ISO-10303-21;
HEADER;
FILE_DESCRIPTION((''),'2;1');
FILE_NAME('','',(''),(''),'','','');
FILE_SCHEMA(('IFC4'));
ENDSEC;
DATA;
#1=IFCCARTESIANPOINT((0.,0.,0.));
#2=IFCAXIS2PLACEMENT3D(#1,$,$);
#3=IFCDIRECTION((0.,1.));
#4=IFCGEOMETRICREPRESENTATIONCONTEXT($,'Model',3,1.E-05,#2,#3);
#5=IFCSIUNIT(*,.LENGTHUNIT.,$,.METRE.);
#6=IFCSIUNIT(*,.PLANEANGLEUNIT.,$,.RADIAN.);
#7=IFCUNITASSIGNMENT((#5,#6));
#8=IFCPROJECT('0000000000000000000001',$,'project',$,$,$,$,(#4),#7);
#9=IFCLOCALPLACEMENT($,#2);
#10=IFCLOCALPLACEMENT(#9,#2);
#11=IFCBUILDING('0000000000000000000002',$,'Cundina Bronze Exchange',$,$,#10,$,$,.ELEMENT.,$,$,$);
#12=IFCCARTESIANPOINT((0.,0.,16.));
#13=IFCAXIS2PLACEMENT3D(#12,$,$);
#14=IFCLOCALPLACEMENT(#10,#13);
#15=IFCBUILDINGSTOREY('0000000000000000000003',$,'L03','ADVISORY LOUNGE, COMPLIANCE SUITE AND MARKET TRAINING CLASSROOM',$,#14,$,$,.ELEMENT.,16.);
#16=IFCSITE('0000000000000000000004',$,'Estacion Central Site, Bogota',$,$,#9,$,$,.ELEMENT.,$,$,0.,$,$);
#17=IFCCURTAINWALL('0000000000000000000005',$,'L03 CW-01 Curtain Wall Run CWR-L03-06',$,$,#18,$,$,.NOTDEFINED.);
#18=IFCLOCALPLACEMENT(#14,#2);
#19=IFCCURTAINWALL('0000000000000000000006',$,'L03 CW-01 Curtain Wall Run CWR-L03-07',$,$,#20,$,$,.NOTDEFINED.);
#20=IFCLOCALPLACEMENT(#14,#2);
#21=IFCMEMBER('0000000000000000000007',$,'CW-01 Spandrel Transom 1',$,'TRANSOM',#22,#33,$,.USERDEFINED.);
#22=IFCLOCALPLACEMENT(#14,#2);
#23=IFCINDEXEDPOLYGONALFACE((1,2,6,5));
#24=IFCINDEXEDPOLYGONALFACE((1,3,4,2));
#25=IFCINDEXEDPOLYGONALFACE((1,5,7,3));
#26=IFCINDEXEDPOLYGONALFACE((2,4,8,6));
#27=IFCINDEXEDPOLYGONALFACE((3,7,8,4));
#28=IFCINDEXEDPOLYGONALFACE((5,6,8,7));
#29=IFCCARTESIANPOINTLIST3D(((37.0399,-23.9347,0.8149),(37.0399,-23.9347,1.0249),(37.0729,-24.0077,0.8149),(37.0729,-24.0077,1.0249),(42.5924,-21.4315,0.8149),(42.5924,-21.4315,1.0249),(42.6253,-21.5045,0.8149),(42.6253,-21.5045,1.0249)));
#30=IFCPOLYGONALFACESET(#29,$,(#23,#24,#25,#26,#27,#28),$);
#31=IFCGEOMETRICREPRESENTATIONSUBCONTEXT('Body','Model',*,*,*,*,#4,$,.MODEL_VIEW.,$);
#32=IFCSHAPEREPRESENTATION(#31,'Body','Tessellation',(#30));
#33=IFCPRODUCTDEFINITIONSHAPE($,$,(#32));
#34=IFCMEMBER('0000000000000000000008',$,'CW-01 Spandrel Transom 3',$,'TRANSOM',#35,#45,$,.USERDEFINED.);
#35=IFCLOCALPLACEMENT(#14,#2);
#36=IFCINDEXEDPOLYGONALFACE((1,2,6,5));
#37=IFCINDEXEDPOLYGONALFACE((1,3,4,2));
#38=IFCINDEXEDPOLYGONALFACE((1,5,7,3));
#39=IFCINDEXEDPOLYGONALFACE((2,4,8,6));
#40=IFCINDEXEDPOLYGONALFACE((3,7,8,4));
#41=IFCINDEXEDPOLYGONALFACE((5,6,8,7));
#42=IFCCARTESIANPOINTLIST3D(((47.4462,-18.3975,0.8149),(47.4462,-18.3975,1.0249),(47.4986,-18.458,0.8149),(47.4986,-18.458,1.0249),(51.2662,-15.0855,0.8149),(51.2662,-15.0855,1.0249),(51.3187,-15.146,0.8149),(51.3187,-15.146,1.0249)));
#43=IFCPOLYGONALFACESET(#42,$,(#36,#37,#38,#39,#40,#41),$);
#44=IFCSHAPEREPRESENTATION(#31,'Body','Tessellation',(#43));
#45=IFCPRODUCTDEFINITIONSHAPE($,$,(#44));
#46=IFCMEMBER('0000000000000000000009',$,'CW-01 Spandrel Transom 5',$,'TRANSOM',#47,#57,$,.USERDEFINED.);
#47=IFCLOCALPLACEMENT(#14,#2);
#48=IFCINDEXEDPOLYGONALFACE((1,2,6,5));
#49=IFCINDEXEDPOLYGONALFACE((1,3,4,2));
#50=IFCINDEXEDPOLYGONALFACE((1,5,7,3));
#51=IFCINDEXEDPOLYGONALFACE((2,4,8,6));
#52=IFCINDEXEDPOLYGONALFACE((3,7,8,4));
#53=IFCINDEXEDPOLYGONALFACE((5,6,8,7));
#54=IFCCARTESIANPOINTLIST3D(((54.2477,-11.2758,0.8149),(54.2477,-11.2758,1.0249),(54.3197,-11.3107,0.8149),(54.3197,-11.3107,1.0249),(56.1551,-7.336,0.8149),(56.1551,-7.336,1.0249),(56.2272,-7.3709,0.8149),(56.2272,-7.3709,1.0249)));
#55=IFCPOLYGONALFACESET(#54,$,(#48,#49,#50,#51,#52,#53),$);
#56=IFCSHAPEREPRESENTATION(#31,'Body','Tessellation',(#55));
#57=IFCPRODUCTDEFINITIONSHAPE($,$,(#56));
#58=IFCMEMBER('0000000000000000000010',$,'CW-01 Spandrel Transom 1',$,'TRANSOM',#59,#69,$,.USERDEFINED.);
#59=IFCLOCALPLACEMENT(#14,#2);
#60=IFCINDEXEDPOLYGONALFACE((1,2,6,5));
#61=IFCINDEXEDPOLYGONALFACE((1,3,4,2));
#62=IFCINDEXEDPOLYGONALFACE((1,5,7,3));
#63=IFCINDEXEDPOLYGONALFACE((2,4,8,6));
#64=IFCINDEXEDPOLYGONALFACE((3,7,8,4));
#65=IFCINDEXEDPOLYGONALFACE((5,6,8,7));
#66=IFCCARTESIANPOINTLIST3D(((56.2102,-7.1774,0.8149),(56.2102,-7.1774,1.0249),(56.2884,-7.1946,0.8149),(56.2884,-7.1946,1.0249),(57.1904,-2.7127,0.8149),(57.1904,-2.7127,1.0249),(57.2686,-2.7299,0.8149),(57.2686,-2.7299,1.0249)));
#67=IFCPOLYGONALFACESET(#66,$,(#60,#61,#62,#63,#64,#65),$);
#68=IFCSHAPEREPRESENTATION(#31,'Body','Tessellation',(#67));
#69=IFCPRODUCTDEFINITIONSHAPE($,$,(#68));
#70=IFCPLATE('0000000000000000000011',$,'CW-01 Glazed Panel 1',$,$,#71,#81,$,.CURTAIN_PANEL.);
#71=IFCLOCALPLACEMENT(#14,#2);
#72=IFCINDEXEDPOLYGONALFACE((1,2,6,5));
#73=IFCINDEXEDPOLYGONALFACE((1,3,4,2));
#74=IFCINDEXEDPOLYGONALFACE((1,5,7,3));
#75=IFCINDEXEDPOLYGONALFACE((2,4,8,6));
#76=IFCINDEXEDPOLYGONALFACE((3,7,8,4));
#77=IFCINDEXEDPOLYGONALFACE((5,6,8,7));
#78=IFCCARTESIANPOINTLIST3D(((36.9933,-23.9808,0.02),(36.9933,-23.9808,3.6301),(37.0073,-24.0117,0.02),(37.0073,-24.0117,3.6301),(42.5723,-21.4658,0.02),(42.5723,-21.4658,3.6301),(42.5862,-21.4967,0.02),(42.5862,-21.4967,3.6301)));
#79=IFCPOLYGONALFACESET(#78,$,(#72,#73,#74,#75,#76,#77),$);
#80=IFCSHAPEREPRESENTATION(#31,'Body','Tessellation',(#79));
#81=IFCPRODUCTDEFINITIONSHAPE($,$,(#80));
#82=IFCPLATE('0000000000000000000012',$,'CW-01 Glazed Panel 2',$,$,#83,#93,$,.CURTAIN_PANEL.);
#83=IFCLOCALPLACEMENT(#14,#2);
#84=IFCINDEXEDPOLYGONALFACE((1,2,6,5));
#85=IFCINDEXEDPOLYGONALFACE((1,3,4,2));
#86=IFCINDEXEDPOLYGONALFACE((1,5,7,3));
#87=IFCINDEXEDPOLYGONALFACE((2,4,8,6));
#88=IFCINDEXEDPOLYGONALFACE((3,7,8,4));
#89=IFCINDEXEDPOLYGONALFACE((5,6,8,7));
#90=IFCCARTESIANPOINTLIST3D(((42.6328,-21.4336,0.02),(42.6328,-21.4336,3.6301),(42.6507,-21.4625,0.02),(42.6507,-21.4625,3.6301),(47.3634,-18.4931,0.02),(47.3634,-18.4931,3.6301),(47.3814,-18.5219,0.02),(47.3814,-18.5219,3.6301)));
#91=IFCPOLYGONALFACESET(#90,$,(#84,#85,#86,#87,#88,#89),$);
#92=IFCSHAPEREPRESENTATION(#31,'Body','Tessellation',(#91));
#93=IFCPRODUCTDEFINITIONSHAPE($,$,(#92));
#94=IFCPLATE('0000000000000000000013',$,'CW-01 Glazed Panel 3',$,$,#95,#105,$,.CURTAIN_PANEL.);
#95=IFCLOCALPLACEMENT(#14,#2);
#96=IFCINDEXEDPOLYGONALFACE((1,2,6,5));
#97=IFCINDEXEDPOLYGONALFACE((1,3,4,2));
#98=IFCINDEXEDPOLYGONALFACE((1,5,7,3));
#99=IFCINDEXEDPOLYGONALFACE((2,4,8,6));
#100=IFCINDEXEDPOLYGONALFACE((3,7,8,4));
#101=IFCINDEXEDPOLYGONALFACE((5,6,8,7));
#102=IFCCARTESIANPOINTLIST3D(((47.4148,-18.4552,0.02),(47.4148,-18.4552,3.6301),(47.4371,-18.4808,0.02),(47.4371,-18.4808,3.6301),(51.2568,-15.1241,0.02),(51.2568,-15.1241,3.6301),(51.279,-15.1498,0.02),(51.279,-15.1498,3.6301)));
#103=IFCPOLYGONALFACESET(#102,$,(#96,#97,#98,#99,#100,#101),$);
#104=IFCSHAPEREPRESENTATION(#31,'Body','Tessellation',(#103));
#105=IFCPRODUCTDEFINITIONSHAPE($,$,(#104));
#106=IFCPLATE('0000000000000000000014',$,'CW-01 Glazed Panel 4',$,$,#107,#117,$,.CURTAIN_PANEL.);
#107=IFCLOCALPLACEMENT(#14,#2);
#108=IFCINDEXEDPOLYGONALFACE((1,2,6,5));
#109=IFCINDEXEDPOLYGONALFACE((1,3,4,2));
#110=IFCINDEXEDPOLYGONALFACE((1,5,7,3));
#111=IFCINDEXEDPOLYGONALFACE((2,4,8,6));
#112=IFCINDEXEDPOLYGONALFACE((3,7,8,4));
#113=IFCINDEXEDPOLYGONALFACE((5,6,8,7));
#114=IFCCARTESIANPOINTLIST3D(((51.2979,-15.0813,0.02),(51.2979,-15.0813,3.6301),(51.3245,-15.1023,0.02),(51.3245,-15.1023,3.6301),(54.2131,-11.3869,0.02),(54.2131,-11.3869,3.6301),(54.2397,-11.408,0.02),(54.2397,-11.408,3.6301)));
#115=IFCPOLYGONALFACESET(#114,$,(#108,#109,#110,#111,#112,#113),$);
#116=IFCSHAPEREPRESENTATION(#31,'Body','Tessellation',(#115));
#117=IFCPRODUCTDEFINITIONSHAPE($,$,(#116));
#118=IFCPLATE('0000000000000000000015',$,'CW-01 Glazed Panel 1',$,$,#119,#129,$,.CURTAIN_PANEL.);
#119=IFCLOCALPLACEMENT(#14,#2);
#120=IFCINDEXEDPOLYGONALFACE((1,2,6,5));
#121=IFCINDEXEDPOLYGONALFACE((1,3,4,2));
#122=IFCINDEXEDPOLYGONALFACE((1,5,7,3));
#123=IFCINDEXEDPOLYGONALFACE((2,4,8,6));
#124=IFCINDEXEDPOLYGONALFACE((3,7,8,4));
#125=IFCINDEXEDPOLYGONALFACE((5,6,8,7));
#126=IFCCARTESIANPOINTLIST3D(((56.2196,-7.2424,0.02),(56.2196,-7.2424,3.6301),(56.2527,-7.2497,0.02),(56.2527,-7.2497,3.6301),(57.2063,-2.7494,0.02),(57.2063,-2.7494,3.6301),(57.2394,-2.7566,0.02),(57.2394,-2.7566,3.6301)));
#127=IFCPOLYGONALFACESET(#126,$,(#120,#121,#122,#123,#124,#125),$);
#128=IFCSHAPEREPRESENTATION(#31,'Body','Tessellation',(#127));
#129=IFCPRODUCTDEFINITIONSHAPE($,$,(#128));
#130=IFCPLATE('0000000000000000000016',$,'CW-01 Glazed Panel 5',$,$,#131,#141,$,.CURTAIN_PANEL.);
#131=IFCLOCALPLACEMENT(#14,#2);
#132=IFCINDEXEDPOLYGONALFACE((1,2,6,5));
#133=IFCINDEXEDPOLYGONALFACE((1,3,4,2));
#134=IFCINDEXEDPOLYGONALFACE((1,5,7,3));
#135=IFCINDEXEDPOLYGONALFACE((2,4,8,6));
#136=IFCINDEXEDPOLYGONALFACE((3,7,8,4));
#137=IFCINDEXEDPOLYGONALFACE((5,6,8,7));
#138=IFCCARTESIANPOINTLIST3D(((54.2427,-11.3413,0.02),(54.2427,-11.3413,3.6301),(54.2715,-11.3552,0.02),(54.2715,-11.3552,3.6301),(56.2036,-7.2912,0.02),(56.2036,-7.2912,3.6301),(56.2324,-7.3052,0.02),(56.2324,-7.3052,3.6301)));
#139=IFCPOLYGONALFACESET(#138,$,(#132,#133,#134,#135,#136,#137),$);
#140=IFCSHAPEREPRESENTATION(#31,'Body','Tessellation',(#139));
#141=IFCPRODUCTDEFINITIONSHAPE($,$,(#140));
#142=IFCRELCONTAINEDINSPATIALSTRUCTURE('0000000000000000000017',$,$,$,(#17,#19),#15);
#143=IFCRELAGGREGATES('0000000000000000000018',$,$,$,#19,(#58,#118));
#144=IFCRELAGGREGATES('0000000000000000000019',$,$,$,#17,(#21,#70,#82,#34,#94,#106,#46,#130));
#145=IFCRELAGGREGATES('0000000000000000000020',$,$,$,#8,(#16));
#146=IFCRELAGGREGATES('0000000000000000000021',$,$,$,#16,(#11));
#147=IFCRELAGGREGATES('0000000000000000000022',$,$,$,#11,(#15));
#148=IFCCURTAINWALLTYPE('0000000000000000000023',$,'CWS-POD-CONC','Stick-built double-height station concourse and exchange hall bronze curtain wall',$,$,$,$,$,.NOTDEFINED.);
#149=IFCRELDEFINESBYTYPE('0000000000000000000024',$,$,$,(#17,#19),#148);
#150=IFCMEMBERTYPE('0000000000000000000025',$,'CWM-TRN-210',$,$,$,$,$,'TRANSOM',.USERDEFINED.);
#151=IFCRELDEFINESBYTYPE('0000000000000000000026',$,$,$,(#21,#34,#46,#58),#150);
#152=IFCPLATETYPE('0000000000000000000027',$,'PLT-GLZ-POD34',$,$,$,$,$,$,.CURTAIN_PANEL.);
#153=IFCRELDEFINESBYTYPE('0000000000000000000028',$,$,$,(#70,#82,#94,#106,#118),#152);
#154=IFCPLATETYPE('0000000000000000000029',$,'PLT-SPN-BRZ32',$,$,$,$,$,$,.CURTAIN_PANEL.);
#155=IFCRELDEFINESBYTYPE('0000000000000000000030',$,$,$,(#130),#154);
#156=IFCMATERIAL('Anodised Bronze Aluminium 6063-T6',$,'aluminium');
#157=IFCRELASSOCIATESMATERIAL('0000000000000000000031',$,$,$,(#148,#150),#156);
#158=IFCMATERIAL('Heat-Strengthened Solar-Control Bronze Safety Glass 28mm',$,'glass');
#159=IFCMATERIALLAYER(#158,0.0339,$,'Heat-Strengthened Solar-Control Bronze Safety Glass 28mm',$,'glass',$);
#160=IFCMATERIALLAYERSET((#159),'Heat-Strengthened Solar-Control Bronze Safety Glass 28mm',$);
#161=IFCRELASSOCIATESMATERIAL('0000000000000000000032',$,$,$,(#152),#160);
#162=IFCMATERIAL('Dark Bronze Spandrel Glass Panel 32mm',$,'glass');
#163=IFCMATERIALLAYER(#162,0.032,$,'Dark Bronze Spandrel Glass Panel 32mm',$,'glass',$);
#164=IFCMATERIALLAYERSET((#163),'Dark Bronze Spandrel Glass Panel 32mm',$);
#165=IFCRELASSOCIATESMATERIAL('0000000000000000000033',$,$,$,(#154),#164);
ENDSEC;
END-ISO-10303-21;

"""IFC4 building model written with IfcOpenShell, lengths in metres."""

from ifc_helpers import new_model, si_unit, direction, frame, origin, origin_2d, place, context, subcontext, project, spatial, rectangle, extrude, material, layer, layer_set, material_profile, profile_set, type_object, element, aggregate, save


model = new_model("IFC4")

# Units and contexts
model_context = context("Model", 3, precision=1e-05, world=origin(), true_north=direction((0.0, 1.0)))
body_context = subcontext(model_context, "Body", "Model", "MODEL_VIEW")
ifc_project = project(units=[si_unit("LENGTHUNIT", "METRE"), si_unit("PLANEANGLEUNIT", "RADIAN")], contexts=[model_context])

# Site, building, storey
site_placement = place(None, origin())
site = spatial("IfcSite", under=ifc_project, at=site_placement, Name="Estacion Central Site, Bogota", CompositionType="ELEMENT", RefElevation=0.0)
building_placement = place(site_placement, origin())
building = spatial("IfcBuilding", under=site, at=building_placement, Name="Cundina Bronze Exchange", CompositionType="ELEMENT")
storey_placement = place(building_placement, frame((0.0, 0.0, 16.0)))
storey = spatial("IfcBuildingStorey", under=building, at=storey_placement, Name="L03", Description="ADVISORY LOUNGE, COMPLIANCE SUITE AND MARKET TRAINING CLASSROOM", CompositionType="ELEMENT", Elevation=16.0)

# Curtain wall
ifc_material_1 = material(Name="Anodised Bronze Aluminium 6063-T6", Category="aluminium")
curtain_wall_type = type_object("IfcCurtainWallType", Name="CWS-POD-CONC", Description="Stick-built double-height station concourse and exchange hall bronze curtain wall", PredefinedType="NOTDEFINED", material=ifc_material_1)
curtain_wall_1_placement = place(storey_placement, origin())
curtain_wall_1 = element("IfcCurtainWall", 1, at=curtain_wall_1_placement, inside=storey, type_object=curtain_wall_type, Name="L03 CW-01 Curtain Wall Run CWR-L03-06", PredefinedType="NOTDEFINED")

# Curtain wall
curtain_wall_2_placement = place(storey_placement, origin())
curtain_wall_2 = element("IfcCurtainWall", 2, at=curtain_wall_2_placement, inside=storey, type_object=curtain_wall_type, Name="L03 CW-01 Curtain Wall Run CWR-L03-07", PredefinedType="NOTDEFINED")

# Members
ifc_material_profile_1 = material_profile(ifc_material_1, rectangle(XDim=0.0801, YDim=0.21, at=origin_2d()), Name="AL80X210", Category="aluminium")
ifc_profile_set_1 = profile_set([ifc_material_profile_1], Name="Anodised Bronze Aluminium 6063-T6")
member_type_1 = type_object("IfcMemberType", Name="CWM-TRN-210", ElementType="TRANSOM", PredefinedType="USERDEFINED", material=ifc_profile_set_1)
member_1_placement = place(storey_placement, frame((37.0564, -23.9712, 0.9199), z_axis=(0.911642, 0.410986, 0.0), x_axis=(-0.410986, 0.911642, 0.0)))
member_1 = element("IfcMember", 3, at=member_1_placement, type_object=member_type_1, Name="CW-01 Spandrel Transom 1", ObjectType="TRANSOM", PredefinedType="USERDEFINED", context=body_context, shape_type="SweptSolid", body=[
    extrude(rectangle(XDim=0.0801, YDim=0.21, at=origin_2d()), origin(), (0.0, 0.0, 1.0), 6.0906),
])
member_2_placement = place(storey_placement, frame((47.4724, -18.4277, 0.9199), z_axis=(0.755563, 0.655076, 0.0), x_axis=(-0.655076, 0.755563, 0.0)))
member_2 = element("IfcMember", 4, at=member_2_placement, type_object=member_type_1, Name="CW-01 Spandrel Transom 3", ObjectType="TRANSOM", PredefinedType="USERDEFINED", context=body_context, shape_type="SweptSolid", body=[
    extrude(rectangle(XDim=0.0801, YDim=0.21, at=origin_2d()), origin(), (0.0, 0.0, 1.0), 5.0559),
])
member_3_placement = place(storey_placement, frame((54.2837, -11.2932, 0.9199), z_axis=(0.435777, 0.900055, 0.0), x_axis=(-0.900055, 0.435777, 0.0)))
member_3 = element("IfcMember", 5, at=member_3_placement, type_object=member_type_1, Name="CW-01 Spandrel Transom 5", ObjectType="TRANSOM", PredefinedType="USERDEFINED", context=body_context, shape_type="SweptSolid", body=[
    extrude(rectangle(XDim=0.0801, YDim=0.21, at=origin_2d()), origin(), (0.0, 0.0, 1.0), 4.3772),
])
member_4_placement = place(storey_placement, frame((56.2493, -7.186, 0.9199), z_axis=(0.214447, 0.976736, 0.0), x_axis=(-0.976736, 0.214447, 0.0)))
member_4 = element("IfcMember", 6, at=member_4_placement, type_object=member_type_1, Name="CW-01 Spandrel Transom 1", ObjectType="TRANSOM", PredefinedType="USERDEFINED", context=body_context, shape_type="SweptSolid", body=[
    extrude(rectangle(XDim=0.0801, YDim=0.21, at=origin_2d()), origin(), (0.0, 0.0, 1.0), 4.571),
])

# Plates
ifc_material_2 = material(Name="Heat-Strengthened Solar-Control Bronze Safety Glass 28mm", Category="glass")
ifc_layer_1 = layer(ifc_material_2, 0.0339, Name="Heat-Strengthened Solar-Control Bronze Safety Glass 28mm", Category="glass")
ifc_layer_set_1 = layer_set([ifc_layer_1], Name="Heat-Strengthened Solar-Control Bronze Safety Glass 28mm")
plate_type_1 = type_object("IfcPlateType", Name="PLT-GLZ-POD34", PredefinedType="CURTAIN_PANEL", material=ifc_layer_set_1)
plate_1_placement = place(storey_placement, frame((39.7898, -22.7388, 0.02), z_axis=(0.0, 0.0, 1.0), x_axis=(0.911647, 0.410973, 0.0)))
plate_1 = element("IfcPlate", 7, at=plate_1_placement, type_object=plate_type_1, Name="CW-01 Glazed Panel 1", PredefinedType="CURTAIN_PANEL", context=body_context, shape_type="SweptSolid", body=[
    extrude(rectangle(XDim=6.1196, YDim=0.0339, at=origin_2d()), origin(), (0.0, 0.0, 1.0), 3.6101),
])
plate_2_placement = place(storey_placement, frame((45.0071, -19.9778, 0.02), z_axis=(0.0, 0.0, 1.0), x_axis=(0.849294, 0.52792, 0.0)))
plate_2 = element("IfcPlate", 8, at=plate_2_placement, type_object=plate_type_1, Name="CW-01 Glazed Panel 2", PredefinedType="CURTAIN_PANEL", context=body_context, shape_type="SweptSolid", body=[
    extrude(rectangle(XDim=5.5701, YDim=0.0339, at=origin_2d()), origin(), (0.0, 0.0, 1.0), 3.6101),
])
plate_3_placement = place(storey_placement, frame((49.3469, -16.8025, 0.02), z_axis=(0.0, 0.0, 1.0), x_axis=(0.755556, 0.655084, 0.0)))
plate_3 = element("IfcPlate", 9, at=plate_3_placement, type_object=plate_type_1, Name="CW-01 Glazed Panel 3", PredefinedType="CURTAIN_PANEL", context=body_context, shape_type="SweptSolid", body=[
    extrude(rectangle(XDim=5.085, YDim=0.0339, at=origin_2d()), origin(), (0.0, 0.0, 1.0), 3.6101),
])
plate_4_placement = place(storey_placement, frame((52.7688, -13.2446, 0.02), z_axis=(0.0, 0.0, 1.0), x_axis=(0.619464, 0.785025, 0.0)))
plate_4 = element("IfcPlate", 10, at=plate_4_placement, type_object=plate_type_1, Name="CW-01 Glazed Panel 4", PredefinedType="CURTAIN_PANEL", context=body_context, shape_type="SweptSolid", body=[
    extrude(rectangle(XDim=4.7061, YDim=0.0339, at=origin_2d()), origin(), (0.0, 0.0, 1.0), 3.6101),
])
plate_5_placement = place(storey_placement, frame((56.7295, -4.9995, 0.02), z_axis=(0.0, 0.0, 1.0), x_axis=(0.214497, 0.976725, 0.0)))
plate_5 = element("IfcPlate", 11, at=plate_5_placement, type_object=plate_type_1, Name="CW-01 Glazed Panel 1", PredefinedType="CURTAIN_PANEL", context=body_context, shape_type="SweptSolid", body=[
    extrude(rectangle(XDim=4.6001, YDim=0.0339, at=origin_2d()), origin(), (0.0, 0.0, 1.0), 3.6101),
])
aggregate(curtain_wall_2, [member_4, plate_5])
ifc_material_3 = material(Name="Dark Bronze Spandrel Glass Panel 32mm", Category="glass")
ifc_layer_2 = layer(ifc_material_3, 0.032, Name="Dark Bronze Spandrel Glass Panel 32mm", Category="glass")
ifc_layer_set_2 = layer_set([ifc_layer_2], Name="Dark Bronze Spandrel Glass Panel 32mm")
plate_type_2 = type_object("IfcPlateType", Name="PLT-SPN-BRZ32", PredefinedType="CURTAIN_PANEL", material=ifc_layer_set_2)
plate_6_placement = place(storey_placement, frame((55.2375, -9.3232, 0.02), z_axis=(0.0, 0.0, 1.0), x_axis=(0.435765, 0.90006, 0.0)))
plate_6 = element("IfcPlate", 12, at=plate_6_placement, type_object=plate_type_2, Name="CW-01 Glazed Panel 5", PredefinedType="CURTAIN_PANEL", context=body_context, shape_type="SweptSolid", body=[
    extrude(rectangle(XDim=4.4998, YDim=0.032, at=origin_2d()), origin(), (0.0, 0.0, 1.0), 3.6101),
])
aggregate(curtain_wall_1, [member_1, plate_1, plate_2, member_2, plate_3, plate_4, member_3, plate_6])

save(model, "model.ifc")
